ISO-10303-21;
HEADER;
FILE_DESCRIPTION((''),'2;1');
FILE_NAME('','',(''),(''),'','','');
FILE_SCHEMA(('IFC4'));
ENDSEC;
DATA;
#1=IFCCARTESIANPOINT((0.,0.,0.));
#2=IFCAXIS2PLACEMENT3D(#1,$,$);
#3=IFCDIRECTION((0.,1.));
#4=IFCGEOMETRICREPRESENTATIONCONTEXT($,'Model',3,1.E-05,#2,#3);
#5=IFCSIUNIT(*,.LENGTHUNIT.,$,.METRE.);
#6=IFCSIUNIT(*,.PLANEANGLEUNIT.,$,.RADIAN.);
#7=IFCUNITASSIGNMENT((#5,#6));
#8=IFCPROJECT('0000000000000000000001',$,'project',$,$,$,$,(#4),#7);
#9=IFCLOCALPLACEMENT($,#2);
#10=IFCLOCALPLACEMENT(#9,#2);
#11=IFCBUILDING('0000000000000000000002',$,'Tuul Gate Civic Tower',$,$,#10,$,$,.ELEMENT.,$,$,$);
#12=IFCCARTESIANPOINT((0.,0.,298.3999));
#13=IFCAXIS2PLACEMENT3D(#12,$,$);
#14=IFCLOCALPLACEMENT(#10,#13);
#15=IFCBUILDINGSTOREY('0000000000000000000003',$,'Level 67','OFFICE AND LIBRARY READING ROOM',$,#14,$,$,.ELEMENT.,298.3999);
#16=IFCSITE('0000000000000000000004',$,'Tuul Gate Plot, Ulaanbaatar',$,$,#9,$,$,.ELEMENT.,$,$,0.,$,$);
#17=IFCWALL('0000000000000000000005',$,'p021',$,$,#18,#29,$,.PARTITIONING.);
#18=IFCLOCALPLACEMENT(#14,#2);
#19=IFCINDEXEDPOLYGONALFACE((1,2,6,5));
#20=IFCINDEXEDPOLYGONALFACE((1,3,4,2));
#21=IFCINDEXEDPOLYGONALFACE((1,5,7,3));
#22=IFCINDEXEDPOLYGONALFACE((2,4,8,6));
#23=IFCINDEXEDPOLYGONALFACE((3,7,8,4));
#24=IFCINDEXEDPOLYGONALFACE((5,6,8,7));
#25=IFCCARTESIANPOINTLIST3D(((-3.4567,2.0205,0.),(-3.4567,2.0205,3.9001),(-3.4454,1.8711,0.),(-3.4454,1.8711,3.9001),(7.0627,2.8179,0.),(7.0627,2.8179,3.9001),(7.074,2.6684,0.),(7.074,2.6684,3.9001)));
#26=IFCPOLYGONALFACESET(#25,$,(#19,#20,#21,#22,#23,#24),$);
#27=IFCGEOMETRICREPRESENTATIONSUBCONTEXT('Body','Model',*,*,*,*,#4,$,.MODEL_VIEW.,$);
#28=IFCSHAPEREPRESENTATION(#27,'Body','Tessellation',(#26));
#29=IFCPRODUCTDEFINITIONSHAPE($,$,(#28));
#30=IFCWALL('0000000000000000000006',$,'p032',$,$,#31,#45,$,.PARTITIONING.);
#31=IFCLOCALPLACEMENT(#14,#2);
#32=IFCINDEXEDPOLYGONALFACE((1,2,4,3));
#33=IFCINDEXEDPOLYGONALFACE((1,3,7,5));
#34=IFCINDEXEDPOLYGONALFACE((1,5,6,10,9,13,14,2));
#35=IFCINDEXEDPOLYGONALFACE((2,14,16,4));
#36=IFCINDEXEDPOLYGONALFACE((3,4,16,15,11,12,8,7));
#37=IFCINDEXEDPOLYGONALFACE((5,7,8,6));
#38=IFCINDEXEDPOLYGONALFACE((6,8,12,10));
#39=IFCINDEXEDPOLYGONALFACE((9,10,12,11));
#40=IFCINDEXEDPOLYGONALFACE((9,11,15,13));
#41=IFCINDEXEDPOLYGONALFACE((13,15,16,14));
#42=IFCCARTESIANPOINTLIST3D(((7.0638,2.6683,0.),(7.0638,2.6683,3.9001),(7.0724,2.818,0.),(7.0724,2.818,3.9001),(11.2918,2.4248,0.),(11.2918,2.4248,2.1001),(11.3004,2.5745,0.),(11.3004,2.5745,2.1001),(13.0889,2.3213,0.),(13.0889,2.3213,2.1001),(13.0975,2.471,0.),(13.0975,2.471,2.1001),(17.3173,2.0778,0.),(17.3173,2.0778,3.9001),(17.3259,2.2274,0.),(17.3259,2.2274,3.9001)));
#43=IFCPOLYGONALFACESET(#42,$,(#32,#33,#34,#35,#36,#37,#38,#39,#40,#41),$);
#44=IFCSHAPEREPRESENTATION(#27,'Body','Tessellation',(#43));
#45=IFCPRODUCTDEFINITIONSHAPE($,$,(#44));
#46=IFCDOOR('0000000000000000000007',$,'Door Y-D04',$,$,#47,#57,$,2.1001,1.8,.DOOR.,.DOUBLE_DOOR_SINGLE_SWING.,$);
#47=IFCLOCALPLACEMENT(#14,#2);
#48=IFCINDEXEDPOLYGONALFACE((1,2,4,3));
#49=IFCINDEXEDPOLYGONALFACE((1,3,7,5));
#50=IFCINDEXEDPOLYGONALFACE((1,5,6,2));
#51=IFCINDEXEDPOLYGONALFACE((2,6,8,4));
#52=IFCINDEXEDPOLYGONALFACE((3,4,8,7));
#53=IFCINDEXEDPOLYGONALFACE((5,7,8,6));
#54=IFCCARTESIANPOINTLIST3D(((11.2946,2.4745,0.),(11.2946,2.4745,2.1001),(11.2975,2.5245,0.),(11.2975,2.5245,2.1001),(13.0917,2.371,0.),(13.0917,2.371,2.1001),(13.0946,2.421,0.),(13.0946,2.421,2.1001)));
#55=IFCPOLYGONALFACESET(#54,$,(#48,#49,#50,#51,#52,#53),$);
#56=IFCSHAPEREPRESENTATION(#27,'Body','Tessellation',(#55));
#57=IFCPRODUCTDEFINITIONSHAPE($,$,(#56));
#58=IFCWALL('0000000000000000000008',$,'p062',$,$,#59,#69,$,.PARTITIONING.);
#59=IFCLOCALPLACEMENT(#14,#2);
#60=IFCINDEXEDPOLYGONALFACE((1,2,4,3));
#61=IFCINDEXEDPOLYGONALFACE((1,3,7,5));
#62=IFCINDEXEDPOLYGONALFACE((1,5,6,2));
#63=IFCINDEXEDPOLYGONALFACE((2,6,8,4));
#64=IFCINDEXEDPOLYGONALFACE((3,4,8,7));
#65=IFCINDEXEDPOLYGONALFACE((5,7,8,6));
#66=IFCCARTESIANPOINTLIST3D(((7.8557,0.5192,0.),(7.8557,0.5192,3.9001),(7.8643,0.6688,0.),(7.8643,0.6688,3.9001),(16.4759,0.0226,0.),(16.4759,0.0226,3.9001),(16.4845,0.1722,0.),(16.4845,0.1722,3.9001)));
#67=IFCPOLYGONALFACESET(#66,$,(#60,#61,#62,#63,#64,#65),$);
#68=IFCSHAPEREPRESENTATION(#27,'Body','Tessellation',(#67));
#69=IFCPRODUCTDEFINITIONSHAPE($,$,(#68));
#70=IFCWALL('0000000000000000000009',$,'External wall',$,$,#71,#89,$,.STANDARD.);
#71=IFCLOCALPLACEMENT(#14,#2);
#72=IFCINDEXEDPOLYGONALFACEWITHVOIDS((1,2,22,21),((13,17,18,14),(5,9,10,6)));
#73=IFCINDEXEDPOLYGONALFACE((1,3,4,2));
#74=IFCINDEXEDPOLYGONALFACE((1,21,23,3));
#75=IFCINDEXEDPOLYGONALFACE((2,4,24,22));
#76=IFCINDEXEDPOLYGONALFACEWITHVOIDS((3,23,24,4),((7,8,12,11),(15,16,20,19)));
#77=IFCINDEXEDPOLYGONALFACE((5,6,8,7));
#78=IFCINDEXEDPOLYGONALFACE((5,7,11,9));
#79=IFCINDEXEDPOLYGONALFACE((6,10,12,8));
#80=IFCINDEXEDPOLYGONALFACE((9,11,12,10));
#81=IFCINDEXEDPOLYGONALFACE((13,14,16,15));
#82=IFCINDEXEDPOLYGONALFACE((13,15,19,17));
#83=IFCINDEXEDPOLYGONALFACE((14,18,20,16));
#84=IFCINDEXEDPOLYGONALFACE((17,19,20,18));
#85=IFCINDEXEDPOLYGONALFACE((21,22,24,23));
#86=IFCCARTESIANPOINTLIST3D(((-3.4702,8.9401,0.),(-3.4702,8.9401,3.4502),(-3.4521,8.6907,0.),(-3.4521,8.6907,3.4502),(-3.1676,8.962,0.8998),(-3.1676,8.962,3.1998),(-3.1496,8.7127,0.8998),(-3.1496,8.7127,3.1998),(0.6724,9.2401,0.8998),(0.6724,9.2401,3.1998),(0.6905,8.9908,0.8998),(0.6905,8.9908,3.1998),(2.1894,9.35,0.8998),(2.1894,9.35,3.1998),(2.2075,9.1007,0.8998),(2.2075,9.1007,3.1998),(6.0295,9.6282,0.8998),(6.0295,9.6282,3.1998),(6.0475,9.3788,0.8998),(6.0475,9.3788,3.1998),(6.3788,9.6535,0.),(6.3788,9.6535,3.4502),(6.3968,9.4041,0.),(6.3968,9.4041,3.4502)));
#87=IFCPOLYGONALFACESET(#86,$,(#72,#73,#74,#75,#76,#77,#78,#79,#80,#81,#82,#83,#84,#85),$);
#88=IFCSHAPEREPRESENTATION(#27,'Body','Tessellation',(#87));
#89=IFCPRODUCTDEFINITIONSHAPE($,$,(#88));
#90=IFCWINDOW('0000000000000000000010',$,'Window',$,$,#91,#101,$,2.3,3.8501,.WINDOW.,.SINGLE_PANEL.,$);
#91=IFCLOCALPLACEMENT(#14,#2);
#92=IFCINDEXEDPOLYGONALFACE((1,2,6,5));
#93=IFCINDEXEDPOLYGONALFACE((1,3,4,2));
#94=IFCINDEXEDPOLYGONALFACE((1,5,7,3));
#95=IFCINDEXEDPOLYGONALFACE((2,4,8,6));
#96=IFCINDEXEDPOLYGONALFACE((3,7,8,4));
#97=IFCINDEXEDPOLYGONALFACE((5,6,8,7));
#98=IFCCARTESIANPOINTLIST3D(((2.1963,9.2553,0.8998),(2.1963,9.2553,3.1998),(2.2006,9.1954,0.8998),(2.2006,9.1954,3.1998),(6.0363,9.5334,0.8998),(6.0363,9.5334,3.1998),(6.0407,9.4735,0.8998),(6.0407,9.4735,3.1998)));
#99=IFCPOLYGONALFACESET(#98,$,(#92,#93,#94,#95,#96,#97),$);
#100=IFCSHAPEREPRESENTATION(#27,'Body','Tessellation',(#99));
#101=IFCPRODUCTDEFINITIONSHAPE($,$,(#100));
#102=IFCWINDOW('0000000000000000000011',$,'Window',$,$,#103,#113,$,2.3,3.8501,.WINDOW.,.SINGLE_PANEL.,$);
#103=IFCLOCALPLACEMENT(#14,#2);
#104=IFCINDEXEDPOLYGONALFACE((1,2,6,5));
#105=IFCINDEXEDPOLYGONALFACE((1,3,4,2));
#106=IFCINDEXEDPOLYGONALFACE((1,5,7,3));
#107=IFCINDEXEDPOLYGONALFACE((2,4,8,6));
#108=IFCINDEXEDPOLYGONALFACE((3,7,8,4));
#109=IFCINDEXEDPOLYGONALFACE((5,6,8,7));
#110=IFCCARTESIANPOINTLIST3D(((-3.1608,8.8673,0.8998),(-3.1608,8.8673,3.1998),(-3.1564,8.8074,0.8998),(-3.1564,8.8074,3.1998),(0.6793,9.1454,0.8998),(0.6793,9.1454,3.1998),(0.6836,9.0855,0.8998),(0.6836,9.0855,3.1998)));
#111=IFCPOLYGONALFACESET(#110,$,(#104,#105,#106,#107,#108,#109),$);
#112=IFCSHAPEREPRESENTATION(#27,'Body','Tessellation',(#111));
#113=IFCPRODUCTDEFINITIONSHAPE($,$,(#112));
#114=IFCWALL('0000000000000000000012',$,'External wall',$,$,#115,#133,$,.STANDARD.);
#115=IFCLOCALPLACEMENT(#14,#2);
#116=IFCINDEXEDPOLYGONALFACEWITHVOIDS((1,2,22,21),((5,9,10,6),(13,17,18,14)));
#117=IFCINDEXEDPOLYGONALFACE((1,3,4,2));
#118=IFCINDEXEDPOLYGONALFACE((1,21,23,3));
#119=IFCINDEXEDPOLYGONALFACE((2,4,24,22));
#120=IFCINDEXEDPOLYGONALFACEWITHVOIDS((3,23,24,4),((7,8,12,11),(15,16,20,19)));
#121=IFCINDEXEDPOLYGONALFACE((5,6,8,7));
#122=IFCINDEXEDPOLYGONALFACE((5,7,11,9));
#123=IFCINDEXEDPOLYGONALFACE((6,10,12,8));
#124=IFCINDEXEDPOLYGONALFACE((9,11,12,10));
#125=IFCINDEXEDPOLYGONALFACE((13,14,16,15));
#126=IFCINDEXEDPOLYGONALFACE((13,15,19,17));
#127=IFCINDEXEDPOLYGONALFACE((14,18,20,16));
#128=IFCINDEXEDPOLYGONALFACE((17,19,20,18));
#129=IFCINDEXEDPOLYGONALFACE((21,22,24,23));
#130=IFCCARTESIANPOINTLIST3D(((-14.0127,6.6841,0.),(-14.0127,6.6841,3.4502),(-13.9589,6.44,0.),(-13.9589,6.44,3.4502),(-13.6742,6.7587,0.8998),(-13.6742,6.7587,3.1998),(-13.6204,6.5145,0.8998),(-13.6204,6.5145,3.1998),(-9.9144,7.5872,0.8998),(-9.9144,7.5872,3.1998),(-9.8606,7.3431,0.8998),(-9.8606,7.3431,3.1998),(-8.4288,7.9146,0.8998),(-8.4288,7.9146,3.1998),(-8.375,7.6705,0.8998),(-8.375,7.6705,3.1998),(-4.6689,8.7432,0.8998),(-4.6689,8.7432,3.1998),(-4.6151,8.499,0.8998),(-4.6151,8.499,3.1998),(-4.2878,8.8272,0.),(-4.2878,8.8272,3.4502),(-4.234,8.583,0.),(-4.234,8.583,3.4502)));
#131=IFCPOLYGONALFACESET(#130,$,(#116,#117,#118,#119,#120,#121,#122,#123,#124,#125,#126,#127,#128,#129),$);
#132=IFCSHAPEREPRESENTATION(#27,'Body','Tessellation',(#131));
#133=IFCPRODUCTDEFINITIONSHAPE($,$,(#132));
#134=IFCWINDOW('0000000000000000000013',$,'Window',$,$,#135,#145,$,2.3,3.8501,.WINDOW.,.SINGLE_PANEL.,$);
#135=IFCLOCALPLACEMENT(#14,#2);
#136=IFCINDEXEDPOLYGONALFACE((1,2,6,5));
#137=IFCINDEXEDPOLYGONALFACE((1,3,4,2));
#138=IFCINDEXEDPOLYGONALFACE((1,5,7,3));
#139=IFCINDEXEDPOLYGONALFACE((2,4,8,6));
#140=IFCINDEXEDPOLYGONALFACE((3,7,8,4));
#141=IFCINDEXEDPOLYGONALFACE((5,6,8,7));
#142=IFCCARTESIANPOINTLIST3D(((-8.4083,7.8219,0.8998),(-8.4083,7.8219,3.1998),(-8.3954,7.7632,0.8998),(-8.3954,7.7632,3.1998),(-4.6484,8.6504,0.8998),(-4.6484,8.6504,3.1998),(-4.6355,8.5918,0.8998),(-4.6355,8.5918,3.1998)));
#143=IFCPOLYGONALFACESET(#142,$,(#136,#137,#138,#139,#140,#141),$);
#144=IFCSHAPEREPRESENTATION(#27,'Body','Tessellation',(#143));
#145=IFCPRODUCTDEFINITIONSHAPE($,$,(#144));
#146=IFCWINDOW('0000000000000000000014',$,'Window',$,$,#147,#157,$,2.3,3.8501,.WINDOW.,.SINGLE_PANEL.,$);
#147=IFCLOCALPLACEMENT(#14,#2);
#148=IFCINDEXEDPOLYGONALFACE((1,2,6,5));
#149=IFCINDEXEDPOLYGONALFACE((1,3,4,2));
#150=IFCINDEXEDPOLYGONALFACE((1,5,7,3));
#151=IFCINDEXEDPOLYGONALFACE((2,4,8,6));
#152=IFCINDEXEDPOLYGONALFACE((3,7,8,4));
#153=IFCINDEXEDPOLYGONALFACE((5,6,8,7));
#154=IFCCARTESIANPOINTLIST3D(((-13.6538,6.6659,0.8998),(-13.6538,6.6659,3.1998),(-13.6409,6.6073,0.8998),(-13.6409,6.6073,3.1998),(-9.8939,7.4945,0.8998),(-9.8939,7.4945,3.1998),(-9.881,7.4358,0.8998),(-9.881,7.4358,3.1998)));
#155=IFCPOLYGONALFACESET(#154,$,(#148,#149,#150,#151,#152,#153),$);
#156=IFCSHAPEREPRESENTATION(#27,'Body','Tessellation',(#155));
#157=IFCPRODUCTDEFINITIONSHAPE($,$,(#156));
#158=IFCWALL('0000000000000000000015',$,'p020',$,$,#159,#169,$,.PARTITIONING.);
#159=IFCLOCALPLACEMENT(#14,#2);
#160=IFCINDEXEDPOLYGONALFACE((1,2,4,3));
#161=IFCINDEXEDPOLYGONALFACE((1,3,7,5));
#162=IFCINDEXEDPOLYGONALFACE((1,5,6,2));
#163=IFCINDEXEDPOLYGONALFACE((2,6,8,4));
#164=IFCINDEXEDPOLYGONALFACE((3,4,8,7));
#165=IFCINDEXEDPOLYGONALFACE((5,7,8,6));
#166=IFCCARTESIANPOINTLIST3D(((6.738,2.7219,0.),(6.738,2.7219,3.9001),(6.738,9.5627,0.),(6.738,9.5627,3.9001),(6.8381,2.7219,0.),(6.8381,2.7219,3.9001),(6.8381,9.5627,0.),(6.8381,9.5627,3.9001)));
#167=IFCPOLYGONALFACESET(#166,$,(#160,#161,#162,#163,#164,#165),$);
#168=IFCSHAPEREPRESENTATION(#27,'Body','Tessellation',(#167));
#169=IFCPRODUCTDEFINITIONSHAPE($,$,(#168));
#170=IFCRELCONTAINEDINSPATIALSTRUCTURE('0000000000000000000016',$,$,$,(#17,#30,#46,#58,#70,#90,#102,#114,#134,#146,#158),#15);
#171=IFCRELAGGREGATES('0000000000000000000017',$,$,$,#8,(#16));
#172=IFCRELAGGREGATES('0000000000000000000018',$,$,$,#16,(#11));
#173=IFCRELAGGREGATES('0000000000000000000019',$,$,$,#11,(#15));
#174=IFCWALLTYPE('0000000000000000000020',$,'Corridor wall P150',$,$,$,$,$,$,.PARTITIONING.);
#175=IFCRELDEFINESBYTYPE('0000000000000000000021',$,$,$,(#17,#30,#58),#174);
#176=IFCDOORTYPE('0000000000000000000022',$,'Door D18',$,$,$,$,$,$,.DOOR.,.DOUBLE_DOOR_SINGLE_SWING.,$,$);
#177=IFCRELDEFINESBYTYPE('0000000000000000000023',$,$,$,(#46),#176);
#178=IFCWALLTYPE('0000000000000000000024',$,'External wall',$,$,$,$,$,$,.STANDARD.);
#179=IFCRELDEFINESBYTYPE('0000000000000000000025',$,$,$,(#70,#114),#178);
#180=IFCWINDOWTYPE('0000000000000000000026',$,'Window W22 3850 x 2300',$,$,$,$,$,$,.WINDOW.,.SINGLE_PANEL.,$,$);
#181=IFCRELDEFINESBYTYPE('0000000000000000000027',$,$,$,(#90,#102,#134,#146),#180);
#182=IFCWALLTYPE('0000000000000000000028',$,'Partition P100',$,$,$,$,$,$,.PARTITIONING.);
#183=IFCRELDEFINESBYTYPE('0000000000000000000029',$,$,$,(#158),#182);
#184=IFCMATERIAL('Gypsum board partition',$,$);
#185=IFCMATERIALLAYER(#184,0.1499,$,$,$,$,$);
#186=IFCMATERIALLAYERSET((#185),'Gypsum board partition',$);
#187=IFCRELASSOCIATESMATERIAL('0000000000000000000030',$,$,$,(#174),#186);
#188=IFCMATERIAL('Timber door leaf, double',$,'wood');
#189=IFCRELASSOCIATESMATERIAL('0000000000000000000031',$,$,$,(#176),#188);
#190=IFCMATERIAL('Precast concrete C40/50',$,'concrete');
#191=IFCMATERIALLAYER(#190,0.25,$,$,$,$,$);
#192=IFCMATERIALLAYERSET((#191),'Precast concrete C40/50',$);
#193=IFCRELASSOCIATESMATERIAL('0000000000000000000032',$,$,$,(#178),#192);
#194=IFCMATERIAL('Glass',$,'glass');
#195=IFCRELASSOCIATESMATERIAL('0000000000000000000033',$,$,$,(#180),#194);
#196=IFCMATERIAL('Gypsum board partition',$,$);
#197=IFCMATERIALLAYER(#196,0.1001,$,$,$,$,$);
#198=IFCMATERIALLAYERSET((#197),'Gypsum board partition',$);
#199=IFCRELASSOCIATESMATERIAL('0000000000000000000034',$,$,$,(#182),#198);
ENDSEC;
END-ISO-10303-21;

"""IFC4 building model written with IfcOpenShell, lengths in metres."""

from ifc_helpers import new_model, si_unit, direction, frame, frame_2d, origin, place, context, subcontext, project, spatial, rectangle, extrude, material, layer, layer_set, type_object, element, fill, save


model = new_model("IFC4")

# Units and contexts
model_context = context("Model", 3, precision=1e-05, world=origin(), true_north=direction((0.0, 1.0)))
body_context = subcontext(model_context, "Body", "Model", "MODEL_VIEW")
ifc_project = project(units=[si_unit("LENGTHUNIT", "METRE"), si_unit("PLANEANGLEUNIT", "RADIAN")], contexts=[model_context])

# Site, building, storey
site_placement = place(None, origin())
site = spatial("IfcSite", under=ifc_project, at=site_placement, Name="Tuul Gate Plot, Ulaanbaatar", CompositionType="ELEMENT", RefElevation=0.0)
building_placement = place(site_placement, origin())
building = spatial("IfcBuilding", under=site, at=building_placement, Name="Tuul Gate Civic Tower", CompositionType="ELEMENT")
storey_placement = place(building_placement, frame((0.0, 0.0, 298.3999)))
storey = spatial("IfcBuildingStorey", under=building, at=storey_placement, Name="Level 67", Description="OFFICE AND LIBRARY READING ROOM", CompositionType="ELEMENT", Elevation=298.3999)

# Wall
ifc_material_1 = material(Name="Gypsum board partition")
ifc_layer_1 = layer(ifc_material_1, 0.1499)
ifc_layer_set_1 = layer_set([ifc_layer_1], Name="Gypsum board partition")
wall_type_1 = type_object("IfcWallType", Name="Corridor wall P150", PredefinedType="PARTITIONING", material=ifc_layer_set_1)
wall_1_placement = place(storey_placement, frame((-3.4512, 1.9458, 0.0), z_axis=(0.0, 0.0, 1.0), x_axis=(0.997139, 0.075583, 0.0)))
element("IfcWall", 1, at=wall_1_placement, inside=storey, type_object=wall_type_1, Name="p021", PredefinedType="PARTITIONING", context=body_context, shape_type="SweptSolid", body=[
    extrude(rectangle(XDim=10.5496, YDim=0.1499, at=frame_2d((5.2749, 0.0))), origin(), (0.0, 0.0, 1.0), 3.9001),
])

# Wall, opening, door
wall_2_placement = place(storey_placement, frame((7.0681, 2.7432, 0.0), z_axis=(0.0, 0.0, 1.0), x_axis=(0.998345, -0.057503, 0.0)))
wall_2 = element("IfcWall", 2, at=wall_2_placement, inside=storey, type_object=wall_type_1, Name="p032", PredefinedType="PARTITIONING", context=body_context, shape_type="SweptSolid", body=[
    extrude(rectangle(XDim=10.2705, YDim=0.1499, at=frame_2d((5.1353, 0.0))), origin(), (0.0, 0.0, 1.0), 3.9001),
])
opening_1_placement = place(wall_2_placement, frame((4.2351, 0.0, 0.0)))
opening_1 = element("IfcOpeningElement", 3, at=opening_1_placement, cuts=wall_2, PredefinedType="OPENING", context=body_context, shape_type="SweptSolid", body=[
    extrude(rectangle(XDim=1.8, YDim=2.1001, at=frame_2d((0.8999, 1.05))), frame((0.0, 0.085, 0.0), z_axis=(0.0, -1.0, 0.0), x_axis=(1.0, 0.0, 0.0)), (0.0, 0.0, 1.0), 0.1699),
])
ifc_material_2 = material(Name="Timber door leaf, double", Category="wood")
door_type = type_object("IfcDoorType", Name="Door D18", OperationType="DOUBLE_DOOR_SINGLE_SWING", PredefinedType="DOOR", material=ifc_material_2)
door_placement = place(opening_1_placement, origin())
door = element("IfcDoor", 4, at=door_placement, inside=storey, type_object=door_type, Name="Door Y-D04", OperationType="DOUBLE_DOOR_SINGLE_SWING", OverallHeight=2.1001, OverallWidth=1.8, PredefinedType="DOOR", context=body_context, shape_type="SweptSolid", body=[
    extrude(rectangle(XDim=1.8, YDim=2.1001, at=frame_2d((0.8999, 1.05))), frame((0.0, 0.0249, 0.0), z_axis=(0.0, -1.0, 0.0), x_axis=(1.0, 0.0, 0.0)), (0.0, 0.0, 1.0), 0.05),
])
fill(opening_1, door)

# Wall
wall_3_placement = place(storey_placement, frame((7.8599, 0.594, 0.0), z_axis=(0.0, 0.0, 1.0), x_axis=(0.998345, -0.057512, 0.0)))
element("IfcWall", 5, at=wall_3_placement, inside=storey, type_object=wall_type_1, Name="p062", PredefinedType="PARTITIONING", context=body_context, shape_type="SweptSolid", body=[
    extrude(rectangle(XDim=8.6345, YDim=0.1499, at=frame_2d((4.3174, 0.0))), origin(), (0.0, 0.0, 1.0), 3.9001),
])

# Walls, openings, windows
ifc_material_3 = material(Name="Precast concrete C40/50", Category="concrete")
ifc_layer_2 = layer(ifc_material_3, 0.25)
ifc_layer_set_2 = layer_set([ifc_layer_2], Name="Precast concrete C40/50")
wall_type_2 = type_object("IfcWallType", Name="External wall", PredefinedType="STANDARD", material=ifc_layer_set_2)
wall_4_placement = place(storey_placement, frame((6.3879, 9.5288, 0.0), z_axis=(0.0, 0.0, 1.0), x_axis=(-0.997387, -0.072243, 0.0)))
wall_4 = element("IfcWall", 6, at=wall_4_placement, inside=storey, type_object=wall_type_2, Name="External wall", PredefinedType="STANDARD", context=body_context, shape_type="SweptSolid", body=[
    extrude(rectangle(XDim=9.8748, YDim=0.25, at=frame_2d((4.9375, 0.0))), origin(), (0.0, 0.0, 1.0), 3.4502),
])
opening_2_placement = place(wall_4_placement, frame((0.3503, 0.0, 0.8999)))
opening_2 = element("IfcOpeningElement", 7, at=opening_2_placement, cuts=wall_4, PredefinedType="OPENING", context=body_context, shape_type="SweptSolid", body=[
    extrude(rectangle(XDim=3.8501, YDim=2.3, at=frame_2d((1.925, 1.1499))), frame((0.0, 0.135, 0.0), z_axis=(0.0, -1.0, 0.0), x_axis=(1.0, 0.0, 0.0)), (0.0, 0.0, 1.0), 0.27),
])
opening_3_placement = place(wall_4_placement, frame((5.7214, 0.0, 0.8999)))
opening_3 = element("IfcOpeningElement", 8, at=opening_3_placement, cuts=wall_4, PredefinedType="OPENING", context=body_context, shape_type="SweptSolid", body=[
    extrude(rectangle(XDim=3.8501, YDim=2.3, at=frame_2d((1.925, 1.1499))), frame((0.0, 0.135, 0.0), z_axis=(0.0, -1.0, 0.0), x_axis=(1.0, 0.0, 0.0)), (0.0, 0.0, 1.0), 0.27),
])
ifc_material_4 = material(Name="Glass", Category="glass")
window_type = type_object("IfcWindowType", Name="Window W22 3850 x 2300", PartitioningType="SINGLE_PANEL", PredefinedType="WINDOW", material=ifc_material_4)
window_1_placement = place(opening_2_placement, origin())
window_1 = element("IfcWindow", 9, at=window_1_placement, inside=storey, type_object=window_type, Name="Window", OverallHeight=2.3, OverallWidth=3.8501, PartitioningType="SINGLE_PANEL", PredefinedType="WINDOW", context=body_context, shape_type="SweptSolid", body=[
    extrude(rectangle(XDim=3.8501, YDim=2.3, at=frame_2d((1.925, 1.1499))), frame((0.0, 0.03, 0.0), z_axis=(0.0, -1.0, 0.0), x_axis=(1.0, 0.0, 0.0)), (0.0, 0.0, 1.0), 0.0601),
])
fill(opening_2, window_1)
window_2_placement = place(opening_3_placement, origin())
window_2 = element("IfcWindow", 10, at=window_2_placement, inside=storey, type_object=window_type, Name="Window", OverallHeight=2.3, OverallWidth=3.8501, PartitioningType="SINGLE_PANEL", PredefinedType="WINDOW", context=body_context, shape_type="SweptSolid", body=[
    extrude(rectangle(XDim=3.8501, YDim=2.3, at=frame_2d((1.925, 1.1499))), frame((0.0, 0.03, 0.0), z_axis=(0.0, -1.0, 0.0), x_axis=(1.0, 0.0, 0.0)), (0.0, 0.0, 1.0), 0.0601),
])
fill(opening_3, window_2)
wall_5_placement = place(storey_placement, frame((-4.261, 8.7051, 0.0), z_axis=(0.0, 0.0, 1.0), x_axis=(-0.976569, -0.215206, 0.0)))
wall_5 = element("IfcWall", 11, at=wall_5_placement, inside=storey, type_object=wall_type_2, Name="External wall", PredefinedType="STANDARD", context=body_context, shape_type="SweptSolid", body=[
    extrude(rectangle(XDim=9.9583, YDim=0.25, at=frame_2d((4.979, 0.0))), origin(), (0.0, 0.0, 1.0), 3.4502),
])
opening_4_placement = place(wall_5_placement, frame((0.3901, 0.0, 0.8999)))
opening_4 = element("IfcOpeningElement", 12, at=opening_4_placement, cuts=wall_5, PredefinedType="OPENING", context=body_context, shape_type="SweptSolid", body=[
    extrude(rectangle(XDim=3.8501, YDim=2.3, at=frame_2d((1.925, 1.1499))), frame((0.0, 0.135, 0.0), z_axis=(0.0, -1.0, 0.0), x_axis=(1.0, 0.0, 0.0)), (0.0, 0.0, 1.0), 0.27),
])
opening_5_placement = place(wall_5_placement, frame((5.7615, 0.0, 0.8999)))
opening_5 = element("IfcOpeningElement", 13, at=opening_5_placement, cuts=wall_5, PredefinedType="OPENING", context=body_context, shape_type="SweptSolid", body=[
    extrude(rectangle(XDim=3.8501, YDim=2.3, at=frame_2d((1.925, 1.1499))), frame((0.0, 0.135, 0.0), z_axis=(0.0, -1.0, 0.0), x_axis=(1.0, 0.0, 0.0)), (0.0, 0.0, 1.0), 0.27),
])
window_3_placement = place(opening_4_placement, origin())
window_3 = element("IfcWindow", 14, at=window_3_placement, inside=storey, type_object=window_type, Name="Window", OverallHeight=2.3, OverallWidth=3.8501, PartitioningType="SINGLE_PANEL", PredefinedType="WINDOW", context=body_context, shape_type="SweptSolid", body=[
    extrude(rectangle(XDim=3.8501, YDim=2.3, at=frame_2d((1.925, 1.1499))), frame((0.0, 0.03, 0.0), z_axis=(0.0, -1.0, 0.0), x_axis=(1.0, 0.0, 0.0)), (0.0, 0.0, 1.0), 0.0601),
])
fill(opening_4, window_3)
window_4_placement = place(opening_5_placement, origin())
window_4 = element("IfcWindow", 15, at=window_4_placement, inside=storey, type_object=window_type, Name="Window", OverallHeight=2.3, OverallWidth=3.8501, PartitioningType="SINGLE_PANEL", PredefinedType="WINDOW", context=body_context, shape_type="SweptSolid", body=[
    extrude(rectangle(XDim=3.8501, YDim=2.3, at=frame_2d((1.925, 1.1499))), frame((0.0, 0.03, 0.0), z_axis=(0.0, -1.0, 0.0), x_axis=(1.0, 0.0, 0.0)), (0.0, 0.0, 1.0), 0.0601),
])
fill(opening_5, window_4)

# Wall
ifc_material_5 = material(Name="Gypsum board partition")
ifc_layer_3 = layer(ifc_material_5, 0.1001)
ifc_layer_set_3 = layer_set([ifc_layer_3], Name="Gypsum board partition")
wall_type_3 = type_object("IfcWallType", Name="Partition P100", PredefinedType="PARTITIONING", material=ifc_layer_set_3)
wall_6_placement = place(storey_placement, frame((6.7881, 2.7219, 0.0), z_axis=(0.0, 0.0, 1.0), x_axis=(0.0, 1.0, 0.0)))
element("IfcWall", 16, at=wall_6_placement, inside=storey, type_object=wall_type_3, Name="p020", PredefinedType="PARTITIONING", context=body_context, shape_type="SweptSolid", body=[
    extrude(rectangle(XDim=6.8408, YDim=0.1001, at=frame_2d((3.4204, 0.0))), origin(), (0.0, 0.0, 1.0), 3.9001),
])

save(model, "model.ifc")
